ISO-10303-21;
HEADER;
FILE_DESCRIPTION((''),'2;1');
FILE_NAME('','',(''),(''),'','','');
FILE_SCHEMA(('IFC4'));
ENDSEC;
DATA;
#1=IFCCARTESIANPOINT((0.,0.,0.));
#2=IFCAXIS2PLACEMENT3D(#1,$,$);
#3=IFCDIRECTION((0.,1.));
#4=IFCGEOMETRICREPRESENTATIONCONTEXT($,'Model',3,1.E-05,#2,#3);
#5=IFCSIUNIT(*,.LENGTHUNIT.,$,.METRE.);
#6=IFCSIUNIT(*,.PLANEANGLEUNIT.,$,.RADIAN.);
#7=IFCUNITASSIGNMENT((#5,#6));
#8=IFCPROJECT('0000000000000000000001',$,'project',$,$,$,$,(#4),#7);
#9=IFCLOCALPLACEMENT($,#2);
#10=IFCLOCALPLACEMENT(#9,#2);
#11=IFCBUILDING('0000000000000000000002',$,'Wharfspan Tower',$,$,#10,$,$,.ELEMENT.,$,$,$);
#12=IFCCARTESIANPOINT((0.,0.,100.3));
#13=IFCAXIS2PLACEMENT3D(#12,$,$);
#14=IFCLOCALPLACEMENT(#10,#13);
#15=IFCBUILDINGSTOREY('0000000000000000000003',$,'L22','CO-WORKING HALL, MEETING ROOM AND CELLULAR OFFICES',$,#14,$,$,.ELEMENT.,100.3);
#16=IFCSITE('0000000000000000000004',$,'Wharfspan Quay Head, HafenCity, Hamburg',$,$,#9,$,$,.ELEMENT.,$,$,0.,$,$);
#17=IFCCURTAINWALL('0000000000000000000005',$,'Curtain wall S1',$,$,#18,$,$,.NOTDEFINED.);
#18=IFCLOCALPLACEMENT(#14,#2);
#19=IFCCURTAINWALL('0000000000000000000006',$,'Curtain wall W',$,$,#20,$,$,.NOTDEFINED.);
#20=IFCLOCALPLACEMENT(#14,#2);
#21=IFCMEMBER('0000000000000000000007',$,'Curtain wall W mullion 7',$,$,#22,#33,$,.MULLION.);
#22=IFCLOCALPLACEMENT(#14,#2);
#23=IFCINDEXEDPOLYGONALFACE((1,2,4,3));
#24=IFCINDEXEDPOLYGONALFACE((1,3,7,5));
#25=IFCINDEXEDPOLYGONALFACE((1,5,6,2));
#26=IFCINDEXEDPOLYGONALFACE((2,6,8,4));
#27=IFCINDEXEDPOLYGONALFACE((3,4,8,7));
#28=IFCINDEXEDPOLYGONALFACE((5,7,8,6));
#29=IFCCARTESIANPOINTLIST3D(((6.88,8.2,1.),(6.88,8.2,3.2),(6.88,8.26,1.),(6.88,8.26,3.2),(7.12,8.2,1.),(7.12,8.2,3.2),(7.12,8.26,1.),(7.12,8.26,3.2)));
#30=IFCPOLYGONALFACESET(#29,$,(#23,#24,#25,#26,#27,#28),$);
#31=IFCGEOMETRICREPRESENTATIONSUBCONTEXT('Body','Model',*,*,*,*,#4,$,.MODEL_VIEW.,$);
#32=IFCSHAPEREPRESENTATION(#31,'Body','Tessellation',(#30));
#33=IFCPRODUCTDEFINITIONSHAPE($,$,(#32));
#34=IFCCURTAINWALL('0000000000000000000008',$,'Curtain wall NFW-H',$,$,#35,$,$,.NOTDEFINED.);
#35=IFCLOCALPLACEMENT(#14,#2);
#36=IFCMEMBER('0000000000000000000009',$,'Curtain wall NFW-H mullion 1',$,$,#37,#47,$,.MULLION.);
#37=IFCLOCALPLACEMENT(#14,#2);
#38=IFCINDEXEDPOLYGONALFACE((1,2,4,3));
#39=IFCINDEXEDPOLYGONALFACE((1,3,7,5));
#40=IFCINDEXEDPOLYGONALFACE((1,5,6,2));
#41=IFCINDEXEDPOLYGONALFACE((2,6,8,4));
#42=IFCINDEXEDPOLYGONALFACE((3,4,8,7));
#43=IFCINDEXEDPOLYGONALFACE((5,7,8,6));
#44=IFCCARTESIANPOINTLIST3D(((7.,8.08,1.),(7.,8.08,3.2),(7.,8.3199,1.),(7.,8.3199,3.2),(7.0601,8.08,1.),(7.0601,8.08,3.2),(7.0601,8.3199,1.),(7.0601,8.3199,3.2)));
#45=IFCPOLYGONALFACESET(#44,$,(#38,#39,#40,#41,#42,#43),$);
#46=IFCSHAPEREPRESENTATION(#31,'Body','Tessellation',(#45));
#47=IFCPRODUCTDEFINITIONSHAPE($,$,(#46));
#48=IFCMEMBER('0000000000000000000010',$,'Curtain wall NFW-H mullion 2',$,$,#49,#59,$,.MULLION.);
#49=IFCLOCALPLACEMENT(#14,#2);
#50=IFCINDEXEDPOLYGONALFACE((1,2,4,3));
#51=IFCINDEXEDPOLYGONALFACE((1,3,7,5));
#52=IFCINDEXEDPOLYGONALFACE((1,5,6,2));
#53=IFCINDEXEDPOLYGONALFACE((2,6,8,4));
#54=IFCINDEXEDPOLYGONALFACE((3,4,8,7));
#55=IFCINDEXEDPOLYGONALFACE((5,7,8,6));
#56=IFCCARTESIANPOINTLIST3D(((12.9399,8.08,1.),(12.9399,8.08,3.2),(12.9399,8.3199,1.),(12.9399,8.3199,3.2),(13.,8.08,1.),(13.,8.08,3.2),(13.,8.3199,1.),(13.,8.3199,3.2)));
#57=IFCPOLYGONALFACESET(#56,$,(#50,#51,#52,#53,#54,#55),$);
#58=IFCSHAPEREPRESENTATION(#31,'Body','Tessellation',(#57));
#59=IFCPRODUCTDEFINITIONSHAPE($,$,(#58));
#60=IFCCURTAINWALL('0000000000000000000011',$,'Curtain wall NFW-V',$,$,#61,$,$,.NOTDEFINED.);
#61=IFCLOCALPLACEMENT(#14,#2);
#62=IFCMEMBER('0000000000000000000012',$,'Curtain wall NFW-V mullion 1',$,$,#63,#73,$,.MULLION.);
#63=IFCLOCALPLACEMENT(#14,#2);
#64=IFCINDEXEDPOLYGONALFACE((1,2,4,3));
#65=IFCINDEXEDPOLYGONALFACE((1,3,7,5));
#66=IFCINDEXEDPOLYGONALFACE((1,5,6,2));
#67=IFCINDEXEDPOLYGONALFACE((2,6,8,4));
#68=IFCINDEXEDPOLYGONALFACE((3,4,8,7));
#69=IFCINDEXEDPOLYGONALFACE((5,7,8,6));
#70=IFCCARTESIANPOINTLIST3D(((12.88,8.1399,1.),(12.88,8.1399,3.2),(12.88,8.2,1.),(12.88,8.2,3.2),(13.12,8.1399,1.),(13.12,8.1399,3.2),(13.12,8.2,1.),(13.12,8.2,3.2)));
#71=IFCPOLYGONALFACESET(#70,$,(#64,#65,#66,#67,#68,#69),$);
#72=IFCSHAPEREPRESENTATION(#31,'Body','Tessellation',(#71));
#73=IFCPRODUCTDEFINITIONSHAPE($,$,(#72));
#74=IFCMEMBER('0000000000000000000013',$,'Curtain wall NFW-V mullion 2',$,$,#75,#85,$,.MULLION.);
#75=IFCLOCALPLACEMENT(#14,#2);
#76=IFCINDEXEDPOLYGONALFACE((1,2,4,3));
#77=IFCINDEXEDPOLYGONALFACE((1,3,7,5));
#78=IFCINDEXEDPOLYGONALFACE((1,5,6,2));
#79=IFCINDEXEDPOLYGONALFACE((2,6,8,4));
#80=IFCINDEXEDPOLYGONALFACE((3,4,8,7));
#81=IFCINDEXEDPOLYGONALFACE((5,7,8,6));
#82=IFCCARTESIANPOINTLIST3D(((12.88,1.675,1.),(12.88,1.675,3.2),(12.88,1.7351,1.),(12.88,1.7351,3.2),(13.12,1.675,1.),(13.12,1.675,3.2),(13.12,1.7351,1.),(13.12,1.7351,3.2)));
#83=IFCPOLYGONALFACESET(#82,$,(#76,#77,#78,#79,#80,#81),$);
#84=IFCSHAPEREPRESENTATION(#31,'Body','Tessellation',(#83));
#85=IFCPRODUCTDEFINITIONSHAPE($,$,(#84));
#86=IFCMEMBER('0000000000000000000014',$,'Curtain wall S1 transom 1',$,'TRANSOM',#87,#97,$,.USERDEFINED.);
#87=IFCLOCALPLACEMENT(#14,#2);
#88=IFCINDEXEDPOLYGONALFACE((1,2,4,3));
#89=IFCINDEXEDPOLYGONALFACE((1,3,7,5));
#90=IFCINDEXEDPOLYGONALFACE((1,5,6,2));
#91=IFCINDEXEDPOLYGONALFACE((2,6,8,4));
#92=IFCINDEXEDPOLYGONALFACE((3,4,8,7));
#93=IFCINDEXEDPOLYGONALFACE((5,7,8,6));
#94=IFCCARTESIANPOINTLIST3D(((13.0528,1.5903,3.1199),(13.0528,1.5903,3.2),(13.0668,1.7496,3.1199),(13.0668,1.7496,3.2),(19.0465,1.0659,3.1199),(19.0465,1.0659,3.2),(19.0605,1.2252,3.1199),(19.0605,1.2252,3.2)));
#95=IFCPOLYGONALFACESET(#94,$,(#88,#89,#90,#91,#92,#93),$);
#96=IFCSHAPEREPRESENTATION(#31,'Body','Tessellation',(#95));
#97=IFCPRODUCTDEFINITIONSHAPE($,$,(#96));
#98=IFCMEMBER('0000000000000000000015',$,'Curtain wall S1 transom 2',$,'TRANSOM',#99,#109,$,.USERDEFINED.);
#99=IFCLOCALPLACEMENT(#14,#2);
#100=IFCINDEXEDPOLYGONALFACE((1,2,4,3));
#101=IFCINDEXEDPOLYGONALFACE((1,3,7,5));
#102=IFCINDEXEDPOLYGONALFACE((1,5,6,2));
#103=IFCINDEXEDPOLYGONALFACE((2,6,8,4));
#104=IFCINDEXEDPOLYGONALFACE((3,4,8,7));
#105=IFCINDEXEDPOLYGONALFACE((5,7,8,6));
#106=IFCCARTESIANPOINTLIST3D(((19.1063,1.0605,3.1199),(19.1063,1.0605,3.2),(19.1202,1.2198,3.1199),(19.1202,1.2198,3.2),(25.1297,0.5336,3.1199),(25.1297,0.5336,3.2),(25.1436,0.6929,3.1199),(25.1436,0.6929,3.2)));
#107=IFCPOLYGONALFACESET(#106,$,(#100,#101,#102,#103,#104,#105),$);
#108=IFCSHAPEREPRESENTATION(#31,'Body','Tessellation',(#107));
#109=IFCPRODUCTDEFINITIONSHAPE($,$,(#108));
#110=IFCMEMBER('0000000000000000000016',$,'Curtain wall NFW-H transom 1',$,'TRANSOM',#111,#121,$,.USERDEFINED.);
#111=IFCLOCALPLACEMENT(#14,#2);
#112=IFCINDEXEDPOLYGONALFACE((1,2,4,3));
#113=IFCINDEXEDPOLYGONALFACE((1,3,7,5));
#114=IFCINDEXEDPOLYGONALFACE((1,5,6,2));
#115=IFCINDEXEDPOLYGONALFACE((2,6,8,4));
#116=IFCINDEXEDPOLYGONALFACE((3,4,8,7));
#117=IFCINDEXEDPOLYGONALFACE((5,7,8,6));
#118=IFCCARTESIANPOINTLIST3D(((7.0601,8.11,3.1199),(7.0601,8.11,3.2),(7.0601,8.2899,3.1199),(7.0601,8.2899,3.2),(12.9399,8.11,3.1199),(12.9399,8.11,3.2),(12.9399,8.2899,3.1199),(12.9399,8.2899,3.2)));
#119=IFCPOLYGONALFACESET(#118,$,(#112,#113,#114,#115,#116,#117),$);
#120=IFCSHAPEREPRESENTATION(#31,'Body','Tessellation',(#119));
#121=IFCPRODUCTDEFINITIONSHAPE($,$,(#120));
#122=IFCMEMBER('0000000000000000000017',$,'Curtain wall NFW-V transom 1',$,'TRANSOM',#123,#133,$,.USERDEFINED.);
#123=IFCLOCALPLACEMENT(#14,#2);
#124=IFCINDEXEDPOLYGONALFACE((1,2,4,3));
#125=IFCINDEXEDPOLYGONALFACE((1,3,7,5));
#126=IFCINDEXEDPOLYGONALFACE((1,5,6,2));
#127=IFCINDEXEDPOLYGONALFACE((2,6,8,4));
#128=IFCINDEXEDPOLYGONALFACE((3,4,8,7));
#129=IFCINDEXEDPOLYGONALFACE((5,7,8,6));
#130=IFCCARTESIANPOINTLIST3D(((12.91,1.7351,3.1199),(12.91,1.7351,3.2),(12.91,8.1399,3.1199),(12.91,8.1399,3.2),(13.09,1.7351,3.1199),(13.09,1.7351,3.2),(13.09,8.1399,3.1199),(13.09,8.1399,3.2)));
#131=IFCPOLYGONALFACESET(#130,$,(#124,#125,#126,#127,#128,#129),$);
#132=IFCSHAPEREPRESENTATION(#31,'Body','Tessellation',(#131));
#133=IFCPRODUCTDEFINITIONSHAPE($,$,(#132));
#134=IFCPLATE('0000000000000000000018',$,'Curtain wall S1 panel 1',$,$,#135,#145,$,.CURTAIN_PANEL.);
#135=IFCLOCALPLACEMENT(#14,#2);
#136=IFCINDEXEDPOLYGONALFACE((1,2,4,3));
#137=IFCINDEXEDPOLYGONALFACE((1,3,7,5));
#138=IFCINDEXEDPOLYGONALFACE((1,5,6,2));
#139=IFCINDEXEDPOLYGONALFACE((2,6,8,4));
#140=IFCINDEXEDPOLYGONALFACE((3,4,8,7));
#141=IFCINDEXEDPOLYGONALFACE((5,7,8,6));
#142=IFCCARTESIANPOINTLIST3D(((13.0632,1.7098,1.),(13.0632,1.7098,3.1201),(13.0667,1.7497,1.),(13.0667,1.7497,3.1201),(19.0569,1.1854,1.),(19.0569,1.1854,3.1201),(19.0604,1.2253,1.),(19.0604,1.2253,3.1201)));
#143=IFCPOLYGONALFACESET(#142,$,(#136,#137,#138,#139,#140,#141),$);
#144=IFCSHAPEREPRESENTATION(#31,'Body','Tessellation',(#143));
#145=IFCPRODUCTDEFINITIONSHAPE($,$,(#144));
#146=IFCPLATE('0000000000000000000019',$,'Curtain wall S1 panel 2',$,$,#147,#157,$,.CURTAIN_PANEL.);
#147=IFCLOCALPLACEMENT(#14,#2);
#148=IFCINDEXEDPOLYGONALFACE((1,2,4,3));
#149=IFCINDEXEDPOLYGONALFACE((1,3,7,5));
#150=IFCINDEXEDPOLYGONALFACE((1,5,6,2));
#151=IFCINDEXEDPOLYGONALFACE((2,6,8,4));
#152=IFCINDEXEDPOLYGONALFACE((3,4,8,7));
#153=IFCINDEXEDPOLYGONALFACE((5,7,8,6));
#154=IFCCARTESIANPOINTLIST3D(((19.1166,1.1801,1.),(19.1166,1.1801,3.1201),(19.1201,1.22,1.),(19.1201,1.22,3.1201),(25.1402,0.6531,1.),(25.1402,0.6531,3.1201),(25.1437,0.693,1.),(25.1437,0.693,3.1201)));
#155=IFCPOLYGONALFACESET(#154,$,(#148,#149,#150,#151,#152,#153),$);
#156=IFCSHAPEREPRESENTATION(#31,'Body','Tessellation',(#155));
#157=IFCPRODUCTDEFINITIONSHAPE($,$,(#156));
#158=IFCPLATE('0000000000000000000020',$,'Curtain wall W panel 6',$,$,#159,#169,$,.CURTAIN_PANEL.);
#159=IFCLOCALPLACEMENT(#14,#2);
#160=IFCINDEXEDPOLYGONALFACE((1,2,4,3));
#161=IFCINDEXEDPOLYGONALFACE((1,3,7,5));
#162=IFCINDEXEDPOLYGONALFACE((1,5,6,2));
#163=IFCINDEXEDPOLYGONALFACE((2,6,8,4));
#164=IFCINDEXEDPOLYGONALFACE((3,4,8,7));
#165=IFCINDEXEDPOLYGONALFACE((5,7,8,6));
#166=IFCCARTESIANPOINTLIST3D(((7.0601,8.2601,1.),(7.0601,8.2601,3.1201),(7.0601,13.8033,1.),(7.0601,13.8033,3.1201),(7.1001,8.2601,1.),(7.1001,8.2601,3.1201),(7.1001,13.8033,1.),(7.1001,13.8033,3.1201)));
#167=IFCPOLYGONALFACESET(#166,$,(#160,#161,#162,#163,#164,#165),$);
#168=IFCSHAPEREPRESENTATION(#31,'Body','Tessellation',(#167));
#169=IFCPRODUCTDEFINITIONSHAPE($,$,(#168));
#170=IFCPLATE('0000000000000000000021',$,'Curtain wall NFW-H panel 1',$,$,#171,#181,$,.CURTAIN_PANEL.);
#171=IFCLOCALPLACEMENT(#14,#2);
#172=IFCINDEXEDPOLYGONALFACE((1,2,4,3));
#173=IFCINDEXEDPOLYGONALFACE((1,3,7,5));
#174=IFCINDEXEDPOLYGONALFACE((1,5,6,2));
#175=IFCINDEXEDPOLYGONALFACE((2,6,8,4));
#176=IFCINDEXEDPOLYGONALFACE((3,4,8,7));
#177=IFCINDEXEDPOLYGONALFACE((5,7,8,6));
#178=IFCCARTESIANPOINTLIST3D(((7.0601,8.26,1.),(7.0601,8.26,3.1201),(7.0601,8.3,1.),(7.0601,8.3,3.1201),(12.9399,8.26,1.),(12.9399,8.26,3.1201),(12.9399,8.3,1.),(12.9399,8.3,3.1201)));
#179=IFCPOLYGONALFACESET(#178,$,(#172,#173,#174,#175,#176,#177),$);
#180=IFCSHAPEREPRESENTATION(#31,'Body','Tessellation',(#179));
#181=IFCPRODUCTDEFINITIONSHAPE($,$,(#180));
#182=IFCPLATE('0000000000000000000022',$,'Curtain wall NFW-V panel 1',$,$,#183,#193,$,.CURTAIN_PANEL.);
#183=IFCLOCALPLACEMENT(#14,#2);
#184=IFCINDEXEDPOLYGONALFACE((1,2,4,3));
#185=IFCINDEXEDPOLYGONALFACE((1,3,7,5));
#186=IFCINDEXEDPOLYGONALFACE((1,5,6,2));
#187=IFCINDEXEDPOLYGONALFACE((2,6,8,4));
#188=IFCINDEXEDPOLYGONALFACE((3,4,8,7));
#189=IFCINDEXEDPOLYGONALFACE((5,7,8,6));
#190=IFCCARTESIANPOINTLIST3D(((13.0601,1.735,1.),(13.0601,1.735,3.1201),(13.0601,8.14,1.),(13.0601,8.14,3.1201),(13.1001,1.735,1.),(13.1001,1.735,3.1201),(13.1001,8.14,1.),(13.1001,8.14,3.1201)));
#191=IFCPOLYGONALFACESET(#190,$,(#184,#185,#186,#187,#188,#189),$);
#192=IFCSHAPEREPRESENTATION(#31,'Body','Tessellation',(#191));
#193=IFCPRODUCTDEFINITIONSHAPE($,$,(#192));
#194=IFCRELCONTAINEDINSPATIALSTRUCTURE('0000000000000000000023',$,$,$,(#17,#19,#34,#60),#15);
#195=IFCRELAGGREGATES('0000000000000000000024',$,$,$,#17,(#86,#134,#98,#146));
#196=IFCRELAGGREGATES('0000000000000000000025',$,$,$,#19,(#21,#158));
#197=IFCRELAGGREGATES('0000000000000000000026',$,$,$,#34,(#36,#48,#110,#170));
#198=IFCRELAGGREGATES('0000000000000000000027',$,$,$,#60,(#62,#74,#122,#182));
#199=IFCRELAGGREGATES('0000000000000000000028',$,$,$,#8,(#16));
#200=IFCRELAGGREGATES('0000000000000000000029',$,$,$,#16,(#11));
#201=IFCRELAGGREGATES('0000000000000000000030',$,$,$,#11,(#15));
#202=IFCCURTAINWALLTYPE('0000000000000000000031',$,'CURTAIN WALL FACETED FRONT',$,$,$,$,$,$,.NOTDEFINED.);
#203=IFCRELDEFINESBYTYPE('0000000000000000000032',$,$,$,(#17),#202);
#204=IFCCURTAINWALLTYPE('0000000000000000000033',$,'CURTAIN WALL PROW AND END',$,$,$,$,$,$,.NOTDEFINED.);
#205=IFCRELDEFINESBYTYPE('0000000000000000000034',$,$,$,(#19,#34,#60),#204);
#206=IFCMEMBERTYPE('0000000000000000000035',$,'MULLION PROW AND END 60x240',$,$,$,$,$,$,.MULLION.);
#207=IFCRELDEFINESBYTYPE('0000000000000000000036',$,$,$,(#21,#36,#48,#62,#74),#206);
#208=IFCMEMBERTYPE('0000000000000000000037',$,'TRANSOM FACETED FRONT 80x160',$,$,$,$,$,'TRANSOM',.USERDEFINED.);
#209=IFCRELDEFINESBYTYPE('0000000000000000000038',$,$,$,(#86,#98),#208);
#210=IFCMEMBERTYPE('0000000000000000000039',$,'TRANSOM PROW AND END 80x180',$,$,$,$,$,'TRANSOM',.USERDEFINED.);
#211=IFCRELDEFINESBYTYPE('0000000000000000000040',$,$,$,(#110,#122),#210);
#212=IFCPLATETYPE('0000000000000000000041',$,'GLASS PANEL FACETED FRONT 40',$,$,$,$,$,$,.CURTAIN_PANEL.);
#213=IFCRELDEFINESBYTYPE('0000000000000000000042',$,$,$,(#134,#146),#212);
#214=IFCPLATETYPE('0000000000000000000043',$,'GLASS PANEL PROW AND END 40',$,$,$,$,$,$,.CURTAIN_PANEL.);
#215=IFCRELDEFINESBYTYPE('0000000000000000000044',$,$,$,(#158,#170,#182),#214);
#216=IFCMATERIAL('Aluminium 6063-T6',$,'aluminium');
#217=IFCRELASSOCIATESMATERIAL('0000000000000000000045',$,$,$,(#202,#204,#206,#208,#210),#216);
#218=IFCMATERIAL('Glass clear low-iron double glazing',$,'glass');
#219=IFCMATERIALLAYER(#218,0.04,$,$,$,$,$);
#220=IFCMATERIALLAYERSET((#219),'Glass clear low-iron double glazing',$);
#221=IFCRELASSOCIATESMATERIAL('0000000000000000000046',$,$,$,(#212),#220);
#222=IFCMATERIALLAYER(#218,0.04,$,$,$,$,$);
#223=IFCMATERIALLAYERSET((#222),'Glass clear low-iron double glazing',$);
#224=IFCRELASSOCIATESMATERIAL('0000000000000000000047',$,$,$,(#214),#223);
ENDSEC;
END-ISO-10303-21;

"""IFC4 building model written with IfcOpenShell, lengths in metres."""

from ifc_helpers import new_model, si_unit, direction, frame, origin, origin_2d, place, context, subcontext, project, spatial, rectangle, extrude, material, layer, layer_set, material_profile, profile_set, type_object, element, aggregate, save


model = new_model("IFC4")

# Units and contexts
model_context = context("Model", 3, precision=1e-05, world=origin(), true_north=direction((0.0, 1.0)))
body_context = subcontext(model_context, "Body", "Model", "MODEL_VIEW")
ifc_project = project(units=[si_unit("LENGTHUNIT", "METRE"), si_unit("PLANEANGLEUNIT", "RADIAN")], contexts=[model_context])

# Site, building, storey
site_placement = place(None, origin())
site = spatial("IfcSite", under=ifc_project, at=site_placement, Name="Wharfspan Quay Head, HafenCity, Hamburg", CompositionType="ELEMENT", RefElevation=0.0)
building_placement = place(site_placement, origin())
building = spatial("IfcBuilding", under=site, at=building_placement, Name="Wharfspan Tower", CompositionType="ELEMENT")
storey_placement = place(building_placement, frame((0.0, 0.0, 100.3)))
storey = spatial("IfcBuildingStorey", under=building, at=storey_placement, Name="L22", Description="CO-WORKING HALL, MEETING ROOM AND CELLULAR OFFICES", CompositionType="ELEMENT", Elevation=100.3)

# Curtain wall
ifc_material_1 = material(Name="Aluminium 6063-T6", Category="aluminium")
curtain_wall_type_1 = type_object("IfcCurtainWallType", Name="CURTAIN WALL FACETED FRONT", PredefinedType="NOTDEFINED", material=ifc_material_1)
curtain_wall_1_placement = place(storey_placement, origin())
curtain_wall_1 = element("IfcCurtainWall", 1, at=curtain_wall_1_placement, inside=storey, type_object=curtain_wall_type_1, Name="Curtain wall S1", PredefinedType="NOTDEFINED")

# Curtain wall, member
curtain_wall_type_2 = type_object("IfcCurtainWallType", Name="CURTAIN WALL PROW AND END", PredefinedType="NOTDEFINED", material=ifc_material_1)
curtain_wall_2_placement = place(storey_placement, origin())
curtain_wall_2 = element("IfcCurtainWall", 2, at=curtain_wall_2_placement, inside=storey, type_object=curtain_wall_type_2, Name="Curtain wall W", PredefinedType="NOTDEFINED")
ifc_material_profile_1 = material_profile(ifc_material_1, rectangle(XDim=0.24, YDim=0.0601, at=origin_2d()))
ifc_profile_set_1 = profile_set([ifc_material_profile_1], Name="Aluminium 6063-T6")
member_type_1 = type_object("IfcMemberType", Name="MULLION PROW AND END 60x240", PredefinedType="MULLION", material=ifc_profile_set_1)
member_1_placement = place(storey_placement, frame((7.0, 8.23, 1.0), z_axis=(0.0, 0.0, 1.0), x_axis=(1.0, 0.0, 0.0)))
member_1 = element("IfcMember", 3, at=member_1_placement, type_object=member_type_1, Name="Curtain wall W mullion 7", PredefinedType="MULLION", context=body_context, shape_type="SweptSolid", body=[
    extrude(rectangle(XDim=0.24, YDim=0.0601, at=origin_2d()), origin(), (0.0, 0.0, 1.0), 2.2),
])

# Curtain walls, members
curtain_wall_3_placement = place(storey_placement, origin())
curtain_wall_3 = element("IfcCurtainWall", 4, at=curtain_wall_3_placement, inside=storey, type_object=curtain_wall_type_2, Name="Curtain wall NFW-H", PredefinedType="NOTDEFINED")
member_2_placement = place(storey_placement, frame((7.03, 8.2, 1.0), z_axis=(0.0, 0.0, 1.0), x_axis=(0.0, 1.0, 0.0)))
member_2 = element("IfcMember", 5, at=member_2_placement, type_object=member_type_1, Name="Curtain wall NFW-H mullion 1", PredefinedType="MULLION", context=body_context, shape_type="SweptSolid", body=[
    extrude(rectangle(XDim=0.24, YDim=0.0601, at=origin_2d()), origin(), (0.0, 0.0, 1.0), 2.2),
])
member_3_placement = place(storey_placement, frame((12.97, 8.2, 1.0), z_axis=(0.0, 0.0, 1.0), x_axis=(0.0, 1.0, 0.0)))
member_3 = element("IfcMember", 6, at=member_3_placement, type_object=member_type_1, Name="Curtain wall NFW-H mullion 2", PredefinedType="MULLION", context=body_context, shape_type="SweptSolid", body=[
    extrude(rectangle(XDim=0.24, YDim=0.0601, at=origin_2d()), origin(), (0.0, 0.0, 1.0), 2.2),
])
curtain_wall_4_placement = place(storey_placement, origin())
curtain_wall_4 = element("IfcCurtainWall", 7, at=curtain_wall_4_placement, inside=storey, type_object=curtain_wall_type_2, Name="Curtain wall NFW-V", PredefinedType="NOTDEFINED")
member_4_placement = place(storey_placement, frame((13.0, 8.1699, 1.0), z_axis=(0.0, 0.0, 1.0), x_axis=(1.0, 0.0, 0.0)))
member_4 = element("IfcMember", 8, at=member_4_placement, type_object=member_type_1, Name="Curtain wall NFW-V mullion 1", PredefinedType="MULLION", context=body_context, shape_type="SweptSolid", body=[
    extrude(rectangle(XDim=0.24, YDim=0.0601, at=origin_2d()), origin(), (0.0, 0.0, 1.0), 2.2),
])
member_5_placement = place(storey_placement, frame((13.0, 1.7051, 1.0), z_axis=(0.0, 0.0, 1.0), x_axis=(1.0, 0.0, 0.0)))
member_5 = element("IfcMember", 9, at=member_5_placement, type_object=member_type_1, Name="Curtain wall NFW-V mullion 2", PredefinedType="MULLION", context=body_context, shape_type="SweptSolid", body=[
    extrude(rectangle(XDim=0.24, YDim=0.0601, at=origin_2d()), origin(), (0.0, 0.0, 1.0), 2.2),
])

# Members
ifc_material_profile_2 = material_profile(ifc_material_1, rectangle(XDim=0.1599, YDim=0.0801, at=origin_2d()))
ifc_profile_set_2 = profile_set([ifc_material_profile_2], Name="Aluminium 6063-T6")
member_type_2 = type_object("IfcMemberType", Name="TRANSOM FACETED FRONT 80x160", ElementType="TRANSOM", PredefinedType="USERDEFINED", material=ifc_profile_set_2)
member_6_placement = place(storey_placement, frame((13.0598, 1.6699, 3.1599), z_axis=(0.996194, -0.087162, 0.0), x_axis=(0.087162, 0.996194, 0.0)))
member_6 = element("IfcMember", 10, at=member_6_placement, type_object=member_type_2, Name="Curtain wall S1 transom 1", ObjectType="TRANSOM", PredefinedType="USERDEFINED", context=body_context, shape_type="SweptSolid", body=[
    extrude(rectangle(XDim=0.1599, YDim=0.0801, at=origin_2d()), origin(), (0.0, 0.0, 1.0), 6.0166),
])
member_7_placement = place(storey_placement, frame((19.1133, 1.1401, 3.1599), z_axis=(0.996197, -0.087135, 0.0), x_axis=(0.087135, 0.996197, 0.0)))
member_7 = element("IfcMember", 11, at=member_7_placement, type_object=member_type_2, Name="Curtain wall S1 transom 2", ObjectType="TRANSOM", PredefinedType="USERDEFINED", context=body_context, shape_type="SweptSolid", body=[
    extrude(rectangle(XDim=0.1599, YDim=0.0801, at=origin_2d()), origin(), (0.0, 0.0, 1.0), 6.0464),
])
ifc_material_profile_3 = material_profile(ifc_material_1, rectangle(XDim=0.1799, YDim=0.0801, at=origin_2d()))
ifc_profile_set_3 = profile_set([ifc_material_profile_3], Name="Aluminium 6063-T6")
member_type_3 = type_object("IfcMemberType", Name="TRANSOM PROW AND END 80x180", ElementType="TRANSOM", PredefinedType="USERDEFINED", material=ifc_profile_set_3)
member_8_placement = place(storey_placement, frame((7.0601, 8.2, 3.1599), z_axis=(1.0, 0.0, 0.0), x_axis=(0.0, 1.0, 0.0)))
member_8 = element("IfcMember", 12, at=member_8_placement, type_object=member_type_3, Name="Curtain wall NFW-H transom 1", ObjectType="TRANSOM", PredefinedType="USERDEFINED", context=body_context, shape_type="SweptSolid", body=[
    extrude(rectangle(XDim=0.1799, YDim=0.0801, at=origin_2d()), origin(), (0.0, 0.0, 1.0), 5.8799),
])
member_9_placement = place(storey_placement, frame((13.0, 8.1399, 3.1599), z_axis=(0.0, -1.0, 0.0), x_axis=(1.0, 0.0, 0.0)))
member_9 = element("IfcMember", 13, at=member_9_placement, type_object=member_type_3, Name="Curtain wall NFW-V transom 1", ObjectType="TRANSOM", PredefinedType="USERDEFINED", context=body_context, shape_type="SweptSolid", body=[
    extrude(rectangle(XDim=0.1799, YDim=0.0801, at=origin_2d()), origin(), (0.0, 0.0, 1.0), 6.4048),
])

# Plates
ifc_material_2 = material(Name="Glass clear low-iron double glazing", Category="glass")
ifc_layer_1 = layer(ifc_material_2, 0.04)
ifc_layer_set_1 = layer_set([ifc_layer_1], Name="Glass clear low-iron double glazing")
plate_type_1 = type_object("IfcPlateType", Name="GLASS PANEL FACETED FRONT 40", PredefinedType="CURTAIN_PANEL", material=ifc_layer_set_1)
plate_1_placement = place(storey_placement, frame((16.0618, 1.4675, 1.0), z_axis=(0.0, 0.0, 1.0), x_axis=(0.996198, -0.087156, 0.0)))
plate_1 = element("IfcPlate", 14, at=plate_1_placement, type_object=plate_type_1, Name="Curtain wall S1 panel 1", PredefinedType="CURTAIN_PANEL", context=body_context, shape_type="SweptSolid", body=[
    extrude(rectangle(XDim=6.0166, YDim=0.04, at=origin_2d()), origin(), (0.0, 0.0, 1.0), 2.1201),
])
plate_2_placement = place(storey_placement, frame((22.1301, 0.9365, 1.0), z_axis=(0.0, 0.0, 1.0), x_axis=(0.996198, -0.087156, 0.0)))
plate_2 = element("IfcPlate", 15, at=plate_2_placement, type_object=plate_type_1, Name="Curtain wall S1 panel 2", PredefinedType="CURTAIN_PANEL", context=body_context, shape_type="SweptSolid", body=[
    extrude(rectangle(XDim=6.0466, YDim=0.04, at=origin_2d()), origin(), (0.0, 0.0, 1.0), 2.1201),
])
aggregate(curtain_wall_1, [member_6, plate_1, member_7, plate_2])
ifc_layer_2 = layer(ifc_material_2, 0.04)
ifc_layer_set_2 = layer_set([ifc_layer_2], Name="Glass clear low-iron double glazing")
plate_type_2 = type_object("IfcPlateType", Name="GLASS PANEL PROW AND END 40", PredefinedType="CURTAIN_PANEL", material=ifc_layer_set_2)
plate_3_placement = place(storey_placement, frame((7.0801, 11.0317, 1.0), z_axis=(0.0, 0.0, 1.0), x_axis=(0.0, -1.0, 0.0)))
plate_3 = element("IfcPlate", 16, at=plate_3_placement, type_object=plate_type_2, Name="Curtain wall W panel 6", PredefinedType="CURTAIN_PANEL", context=body_context, shape_type="SweptSolid", body=[
    extrude(rectangle(XDim=5.5432, YDim=0.04, at=origin_2d()), origin(), (0.0, 0.0, 1.0), 2.1201),
])
aggregate(curtain_wall_2, [member_1, plate_3])
plate_4_placement = place(storey_placement, frame((10.0, 8.28, 1.0), z_axis=(0.0, 0.0, 1.0), x_axis=(1.0, 0.0, 0.0)))
plate_4 = element("IfcPlate", 17, at=plate_4_placement, type_object=plate_type_2, Name="Curtain wall NFW-H panel 1", PredefinedType="CURTAIN_PANEL", context=body_context, shape_type="SweptSolid", body=[
    extrude(rectangle(XDim=5.8799, YDim=0.04, at=origin_2d()), origin(), (0.0, 0.0, 1.0), 2.1201),
])
aggregate(curtain_wall_3, [member_2, member_3, member_8, plate_4])
plate_5_placement = place(storey_placement, frame((13.0801, 4.9375, 1.0), z_axis=(0.0, 0.0, 1.0), x_axis=(0.0, -1.0, 0.0)))
plate_5 = element("IfcPlate", 18, at=plate_5_placement, type_object=plate_type_2, Name="Curtain wall NFW-V panel 1", PredefinedType="CURTAIN_PANEL", context=body_context, shape_type="SweptSolid", body=[
    extrude(rectangle(XDim=6.405, YDim=0.04, at=origin_2d()), origin(), (0.0, 0.0, 1.0), 2.1201),
])
aggregate(curtain_wall_4, [member_4, member_5, member_9, plate_5])

save(model, "model.ifc")
